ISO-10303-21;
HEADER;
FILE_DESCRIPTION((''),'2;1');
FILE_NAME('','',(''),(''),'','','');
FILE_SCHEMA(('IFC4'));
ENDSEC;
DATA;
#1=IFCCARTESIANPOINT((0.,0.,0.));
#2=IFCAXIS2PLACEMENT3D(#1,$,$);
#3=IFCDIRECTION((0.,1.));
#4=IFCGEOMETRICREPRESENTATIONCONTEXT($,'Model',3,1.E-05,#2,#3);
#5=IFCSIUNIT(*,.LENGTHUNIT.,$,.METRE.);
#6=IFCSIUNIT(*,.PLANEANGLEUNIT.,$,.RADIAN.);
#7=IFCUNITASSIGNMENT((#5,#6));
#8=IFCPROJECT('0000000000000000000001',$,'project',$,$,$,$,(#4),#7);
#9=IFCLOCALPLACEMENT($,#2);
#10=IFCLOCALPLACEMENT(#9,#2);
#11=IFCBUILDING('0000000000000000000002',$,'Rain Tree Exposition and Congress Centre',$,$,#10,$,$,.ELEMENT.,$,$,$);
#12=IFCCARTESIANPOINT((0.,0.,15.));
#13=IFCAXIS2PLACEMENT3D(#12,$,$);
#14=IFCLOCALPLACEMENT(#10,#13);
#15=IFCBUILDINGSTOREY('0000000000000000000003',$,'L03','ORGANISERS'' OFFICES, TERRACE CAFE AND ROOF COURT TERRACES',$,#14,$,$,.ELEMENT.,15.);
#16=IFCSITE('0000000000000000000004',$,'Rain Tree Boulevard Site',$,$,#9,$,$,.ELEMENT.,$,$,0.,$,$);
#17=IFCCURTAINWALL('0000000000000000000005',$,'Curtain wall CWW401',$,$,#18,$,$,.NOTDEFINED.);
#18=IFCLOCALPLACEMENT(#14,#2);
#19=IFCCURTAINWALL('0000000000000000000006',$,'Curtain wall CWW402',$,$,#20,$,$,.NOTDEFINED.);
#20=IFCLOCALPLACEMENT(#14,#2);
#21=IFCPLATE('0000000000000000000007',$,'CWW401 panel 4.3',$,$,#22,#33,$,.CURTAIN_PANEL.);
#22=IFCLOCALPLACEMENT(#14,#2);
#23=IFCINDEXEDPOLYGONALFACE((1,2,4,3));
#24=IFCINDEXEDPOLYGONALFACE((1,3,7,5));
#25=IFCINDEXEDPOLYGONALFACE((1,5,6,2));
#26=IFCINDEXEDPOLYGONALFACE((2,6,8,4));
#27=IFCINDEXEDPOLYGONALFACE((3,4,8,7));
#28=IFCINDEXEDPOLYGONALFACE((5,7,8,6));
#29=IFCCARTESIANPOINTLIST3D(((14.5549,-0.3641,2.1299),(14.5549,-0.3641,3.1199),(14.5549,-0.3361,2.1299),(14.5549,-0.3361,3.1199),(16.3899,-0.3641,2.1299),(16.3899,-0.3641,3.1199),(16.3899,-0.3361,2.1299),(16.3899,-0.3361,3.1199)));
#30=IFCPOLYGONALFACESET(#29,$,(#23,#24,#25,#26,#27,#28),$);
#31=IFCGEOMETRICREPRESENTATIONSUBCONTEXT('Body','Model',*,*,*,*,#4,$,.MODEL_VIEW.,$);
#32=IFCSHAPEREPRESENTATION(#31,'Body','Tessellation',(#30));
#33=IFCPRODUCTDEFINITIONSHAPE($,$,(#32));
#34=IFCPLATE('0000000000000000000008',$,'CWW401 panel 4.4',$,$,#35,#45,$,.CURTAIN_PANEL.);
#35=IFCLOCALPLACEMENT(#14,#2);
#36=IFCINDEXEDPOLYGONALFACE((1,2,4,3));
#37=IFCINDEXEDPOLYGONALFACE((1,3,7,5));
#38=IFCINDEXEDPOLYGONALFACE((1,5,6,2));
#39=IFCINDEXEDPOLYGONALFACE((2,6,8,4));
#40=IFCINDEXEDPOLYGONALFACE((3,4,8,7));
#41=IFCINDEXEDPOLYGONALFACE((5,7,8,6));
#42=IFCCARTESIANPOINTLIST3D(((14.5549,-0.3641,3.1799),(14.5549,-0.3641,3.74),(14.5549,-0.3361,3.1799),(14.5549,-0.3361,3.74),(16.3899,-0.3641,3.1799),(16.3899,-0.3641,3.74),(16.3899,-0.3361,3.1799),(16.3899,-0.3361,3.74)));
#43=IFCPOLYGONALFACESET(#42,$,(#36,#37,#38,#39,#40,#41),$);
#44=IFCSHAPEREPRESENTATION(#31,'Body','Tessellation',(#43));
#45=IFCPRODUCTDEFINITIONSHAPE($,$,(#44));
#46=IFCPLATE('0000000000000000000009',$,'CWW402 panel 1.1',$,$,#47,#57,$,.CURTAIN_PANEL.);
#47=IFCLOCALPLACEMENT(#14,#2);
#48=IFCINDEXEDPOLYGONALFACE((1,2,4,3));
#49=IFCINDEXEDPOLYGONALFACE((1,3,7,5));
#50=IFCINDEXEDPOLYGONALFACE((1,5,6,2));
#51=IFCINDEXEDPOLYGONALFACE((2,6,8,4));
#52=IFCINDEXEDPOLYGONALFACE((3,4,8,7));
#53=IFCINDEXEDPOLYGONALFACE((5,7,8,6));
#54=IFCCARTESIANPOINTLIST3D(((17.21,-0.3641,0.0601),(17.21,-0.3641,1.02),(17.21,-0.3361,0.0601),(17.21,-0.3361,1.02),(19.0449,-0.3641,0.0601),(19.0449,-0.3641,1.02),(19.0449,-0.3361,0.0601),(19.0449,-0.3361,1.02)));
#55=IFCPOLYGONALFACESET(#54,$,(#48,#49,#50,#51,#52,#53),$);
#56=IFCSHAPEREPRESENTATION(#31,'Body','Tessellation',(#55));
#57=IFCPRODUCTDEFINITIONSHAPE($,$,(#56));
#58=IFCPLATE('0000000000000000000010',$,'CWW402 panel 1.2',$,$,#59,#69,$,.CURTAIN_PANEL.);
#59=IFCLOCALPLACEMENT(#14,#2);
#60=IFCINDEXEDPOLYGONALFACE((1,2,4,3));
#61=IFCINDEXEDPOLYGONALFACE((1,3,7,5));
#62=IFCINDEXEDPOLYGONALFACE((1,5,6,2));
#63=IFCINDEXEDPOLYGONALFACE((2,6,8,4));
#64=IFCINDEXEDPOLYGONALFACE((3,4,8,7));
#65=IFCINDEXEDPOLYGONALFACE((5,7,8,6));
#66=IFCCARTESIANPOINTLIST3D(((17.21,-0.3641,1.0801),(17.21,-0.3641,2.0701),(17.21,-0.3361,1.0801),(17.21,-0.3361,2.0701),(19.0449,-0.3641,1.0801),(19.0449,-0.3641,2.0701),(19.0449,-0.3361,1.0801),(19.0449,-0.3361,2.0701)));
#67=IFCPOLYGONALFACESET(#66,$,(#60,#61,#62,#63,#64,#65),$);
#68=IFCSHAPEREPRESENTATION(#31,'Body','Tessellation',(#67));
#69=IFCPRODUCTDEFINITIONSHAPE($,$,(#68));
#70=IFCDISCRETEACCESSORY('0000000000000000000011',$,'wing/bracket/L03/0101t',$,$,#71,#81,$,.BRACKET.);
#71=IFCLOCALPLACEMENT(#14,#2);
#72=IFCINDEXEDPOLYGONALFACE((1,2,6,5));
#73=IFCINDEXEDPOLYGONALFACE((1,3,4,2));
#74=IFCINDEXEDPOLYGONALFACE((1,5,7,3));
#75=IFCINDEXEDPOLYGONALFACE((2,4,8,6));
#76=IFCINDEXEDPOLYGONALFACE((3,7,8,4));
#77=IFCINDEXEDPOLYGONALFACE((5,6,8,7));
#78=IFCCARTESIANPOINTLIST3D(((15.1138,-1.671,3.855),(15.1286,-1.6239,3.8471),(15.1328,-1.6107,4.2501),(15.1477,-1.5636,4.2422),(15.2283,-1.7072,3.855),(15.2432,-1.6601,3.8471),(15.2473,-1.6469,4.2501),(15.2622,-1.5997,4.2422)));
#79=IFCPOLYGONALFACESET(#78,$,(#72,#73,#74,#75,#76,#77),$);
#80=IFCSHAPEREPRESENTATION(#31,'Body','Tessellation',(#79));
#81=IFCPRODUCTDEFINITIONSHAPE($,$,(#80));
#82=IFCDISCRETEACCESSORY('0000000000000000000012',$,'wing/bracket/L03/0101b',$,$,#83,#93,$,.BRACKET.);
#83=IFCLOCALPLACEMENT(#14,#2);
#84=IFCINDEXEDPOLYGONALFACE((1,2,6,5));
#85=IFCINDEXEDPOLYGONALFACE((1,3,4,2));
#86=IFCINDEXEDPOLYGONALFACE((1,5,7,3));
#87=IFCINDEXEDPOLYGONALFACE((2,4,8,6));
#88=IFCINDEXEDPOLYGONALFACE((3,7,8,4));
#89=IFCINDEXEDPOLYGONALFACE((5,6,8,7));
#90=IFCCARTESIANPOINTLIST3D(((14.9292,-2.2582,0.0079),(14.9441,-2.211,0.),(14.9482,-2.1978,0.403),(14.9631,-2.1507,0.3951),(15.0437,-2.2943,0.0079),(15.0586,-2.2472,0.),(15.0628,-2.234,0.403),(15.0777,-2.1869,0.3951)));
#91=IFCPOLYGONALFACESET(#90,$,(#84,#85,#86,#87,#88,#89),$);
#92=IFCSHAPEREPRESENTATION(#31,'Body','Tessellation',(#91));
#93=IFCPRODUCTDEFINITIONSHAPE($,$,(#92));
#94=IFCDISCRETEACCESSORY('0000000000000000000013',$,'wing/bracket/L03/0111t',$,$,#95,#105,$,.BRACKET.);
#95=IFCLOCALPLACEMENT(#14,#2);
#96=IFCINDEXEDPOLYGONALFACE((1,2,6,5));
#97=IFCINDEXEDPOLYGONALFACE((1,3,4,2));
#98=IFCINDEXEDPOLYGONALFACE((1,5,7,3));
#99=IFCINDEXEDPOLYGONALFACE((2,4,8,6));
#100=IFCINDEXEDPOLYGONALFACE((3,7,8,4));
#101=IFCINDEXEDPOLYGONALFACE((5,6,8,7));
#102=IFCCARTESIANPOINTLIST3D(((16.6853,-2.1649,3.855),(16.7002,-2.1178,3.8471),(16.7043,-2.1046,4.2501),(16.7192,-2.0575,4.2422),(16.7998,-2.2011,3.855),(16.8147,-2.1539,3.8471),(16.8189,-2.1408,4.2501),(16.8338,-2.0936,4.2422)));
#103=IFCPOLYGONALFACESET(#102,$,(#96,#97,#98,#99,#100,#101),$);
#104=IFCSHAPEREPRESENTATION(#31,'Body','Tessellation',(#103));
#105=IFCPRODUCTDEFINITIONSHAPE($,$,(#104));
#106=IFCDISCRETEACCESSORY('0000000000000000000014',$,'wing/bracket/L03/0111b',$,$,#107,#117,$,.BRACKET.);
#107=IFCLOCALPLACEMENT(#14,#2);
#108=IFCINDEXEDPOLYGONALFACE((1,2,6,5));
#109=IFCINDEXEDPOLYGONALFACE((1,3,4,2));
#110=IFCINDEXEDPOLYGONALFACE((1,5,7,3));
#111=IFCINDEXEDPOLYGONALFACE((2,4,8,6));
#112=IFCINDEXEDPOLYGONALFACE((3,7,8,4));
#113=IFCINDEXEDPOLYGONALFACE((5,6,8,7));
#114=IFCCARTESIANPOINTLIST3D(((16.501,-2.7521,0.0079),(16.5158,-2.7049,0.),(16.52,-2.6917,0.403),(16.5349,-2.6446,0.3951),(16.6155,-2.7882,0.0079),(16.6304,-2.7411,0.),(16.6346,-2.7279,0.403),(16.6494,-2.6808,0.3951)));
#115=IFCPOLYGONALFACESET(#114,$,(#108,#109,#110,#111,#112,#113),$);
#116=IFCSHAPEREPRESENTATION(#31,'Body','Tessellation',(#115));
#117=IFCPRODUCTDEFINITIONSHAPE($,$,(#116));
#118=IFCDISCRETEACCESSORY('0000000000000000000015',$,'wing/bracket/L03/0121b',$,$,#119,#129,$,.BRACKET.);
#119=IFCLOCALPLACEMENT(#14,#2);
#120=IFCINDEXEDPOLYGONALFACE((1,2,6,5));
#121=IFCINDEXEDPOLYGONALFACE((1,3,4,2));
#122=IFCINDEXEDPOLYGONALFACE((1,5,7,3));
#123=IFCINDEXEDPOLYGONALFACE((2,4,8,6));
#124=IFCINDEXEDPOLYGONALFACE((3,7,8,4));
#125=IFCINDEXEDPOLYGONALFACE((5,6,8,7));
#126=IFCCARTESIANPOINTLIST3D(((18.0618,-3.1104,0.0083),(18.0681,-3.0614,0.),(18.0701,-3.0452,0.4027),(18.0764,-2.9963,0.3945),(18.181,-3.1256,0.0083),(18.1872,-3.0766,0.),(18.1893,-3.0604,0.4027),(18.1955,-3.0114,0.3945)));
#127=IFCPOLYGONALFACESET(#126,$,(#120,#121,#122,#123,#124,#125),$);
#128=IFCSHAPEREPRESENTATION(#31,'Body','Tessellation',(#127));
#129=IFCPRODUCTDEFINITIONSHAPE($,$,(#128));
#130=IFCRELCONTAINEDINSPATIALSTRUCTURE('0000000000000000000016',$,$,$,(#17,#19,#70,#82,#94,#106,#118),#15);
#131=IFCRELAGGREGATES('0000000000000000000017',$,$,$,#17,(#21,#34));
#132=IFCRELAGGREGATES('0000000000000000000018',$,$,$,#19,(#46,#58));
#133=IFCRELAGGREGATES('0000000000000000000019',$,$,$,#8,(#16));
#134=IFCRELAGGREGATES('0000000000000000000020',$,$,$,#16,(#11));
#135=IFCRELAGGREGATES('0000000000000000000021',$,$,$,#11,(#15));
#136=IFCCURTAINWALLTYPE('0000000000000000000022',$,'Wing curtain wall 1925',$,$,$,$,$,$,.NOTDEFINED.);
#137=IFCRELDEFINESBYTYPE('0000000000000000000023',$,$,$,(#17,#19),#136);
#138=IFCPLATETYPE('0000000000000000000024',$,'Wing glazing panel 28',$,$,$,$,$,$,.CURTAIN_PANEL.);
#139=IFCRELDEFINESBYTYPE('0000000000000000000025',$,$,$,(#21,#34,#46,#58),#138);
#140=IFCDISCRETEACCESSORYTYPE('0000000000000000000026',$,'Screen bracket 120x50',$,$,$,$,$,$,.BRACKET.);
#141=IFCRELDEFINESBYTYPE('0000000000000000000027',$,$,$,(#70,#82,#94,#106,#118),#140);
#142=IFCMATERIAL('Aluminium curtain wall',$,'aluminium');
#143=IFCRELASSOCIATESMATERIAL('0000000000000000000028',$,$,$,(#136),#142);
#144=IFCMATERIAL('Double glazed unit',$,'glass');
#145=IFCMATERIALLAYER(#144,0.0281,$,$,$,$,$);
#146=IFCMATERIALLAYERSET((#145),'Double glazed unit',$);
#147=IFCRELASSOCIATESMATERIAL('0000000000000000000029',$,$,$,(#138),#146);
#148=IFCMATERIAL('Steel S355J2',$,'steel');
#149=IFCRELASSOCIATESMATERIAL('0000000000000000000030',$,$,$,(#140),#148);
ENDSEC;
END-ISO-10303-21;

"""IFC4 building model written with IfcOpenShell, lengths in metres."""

from ifc_helpers import new_model, si_unit, direction, frame, origin, origin_2d, place, context, subcontext, project, spatial, rectangle, extrude, material, layer, layer_set, material_profile, profile_set, type_object, element, aggregate, save


model = new_model("IFC4")

# Units and contexts
model_context = context("Model", 3, precision=1e-05, world=origin(), true_north=direction((0.0, 1.0)))
body_context = subcontext(model_context, "Body", "Model", "MODEL_VIEW")
ifc_project = project(units=[si_unit("LENGTHUNIT", "METRE"), si_unit("PLANEANGLEUNIT", "RADIAN")], contexts=[model_context])

# Site, building, storey
site_placement = place(None, origin())
site = spatial("IfcSite", under=ifc_project, at=site_placement, Name="Rain Tree Boulevard Site", CompositionType="ELEMENT", RefElevation=0.0)
building_placement = place(site_placement, origin())
building = spatial("IfcBuilding", under=site, at=building_placement, Name="Rain Tree Exposition and Congress Centre", CompositionType="ELEMENT")
storey_placement = place(building_placement, frame((0.0, 0.0, 15.0)))
storey = spatial("IfcBuildingStorey", under=building, at=storey_placement, Name="L03", Description="ORGANISERS' OFFICES, TERRACE CAFE AND ROOF COURT TERRACES", CompositionType="ELEMENT", Elevation=15.0)

# Curtain walls
ifc_material_1 = material(Name="Aluminium curtain wall", Category="aluminium")
curtain_wall_type = type_object("IfcCurtainWallType", Name="Wing curtain wall 1925", PredefinedType="NOTDEFINED", material=ifc_material_1)
curtain_wall_1_placement = place(storey_placement, origin())
curtain_wall_1 = element("IfcCurtainWall", 1, at=curtain_wall_1_placement, inside=storey, type_object=curtain_wall_type, Name="Curtain wall CWW401", PredefinedType="NOTDEFINED")
curtain_wall_2_placement = place(storey_placement, origin())
curtain_wall_2 = element("IfcCurtainWall", 2, at=curtain_wall_2_placement, inside=storey, type_object=curtain_wall_type, Name="Curtain wall CWW402", PredefinedType="NOTDEFINED")

# Plates
ifc_material_2 = material(Name="Double glazed unit", Category="glass")
ifc_layer_1 = layer(ifc_material_2, 0.0281)
ifc_layer_set_1 = layer_set([ifc_layer_1], Name="Double glazed unit")
plate_type = type_object("IfcPlateType", Name="Wing glazing panel 28", PredefinedType="CURTAIN_PANEL", material=ifc_layer_set_1)
plate_1_placement = place(storey_placement, frame((15.4724, -0.3501, 2.1299), z_axis=(0.0, 0.0, 1.0), x_axis=(1.0, 0.0, 0.0)))
plate_1 = element("IfcPlate", 3, at=plate_1_placement, type_object=plate_type, Name="CWW401 panel 4.3", PredefinedType="CURTAIN_PANEL", context=body_context, shape_type="SweptSolid", body=[
    extrude(rectangle(XDim=1.835, YDim=0.0281, at=origin_2d()), origin(), (0.0, 0.0, 1.0), 0.99),
])
plate_2_placement = place(storey_placement, frame((15.4724, -0.3501, 3.1799), z_axis=(0.0, 0.0, 1.0), x_axis=(1.0, 0.0, 0.0)))
plate_2 = element("IfcPlate", 4, at=plate_2_placement, type_object=plate_type, Name="CWW401 panel 4.4", PredefinedType="CURTAIN_PANEL", context=body_context, shape_type="SweptSolid", body=[
    extrude(rectangle(XDim=1.835, YDim=0.0281, at=origin_2d()), origin(), (0.0, 0.0, 1.0), 0.5601),
])
aggregate(curtain_wall_1, [plate_1, plate_2])
plate_3_placement = place(storey_placement, frame((18.1274, -0.3501, 0.0601), z_axis=(0.0, 0.0, 1.0), x_axis=(1.0, 0.0, 0.0)))
plate_3 = element("IfcPlate", 5, at=plate_3_placement, type_object=plate_type, Name="CWW402 panel 1.1", PredefinedType="CURTAIN_PANEL", context=body_context, shape_type="SweptSolid", body=[
    extrude(rectangle(XDim=1.835, YDim=0.0281, at=origin_2d()), origin(), (0.0, 0.0, 1.0), 0.96),
])
plate_4_placement = place(storey_placement, frame((18.1274, -0.3501, 1.0801), z_axis=(0.0, 0.0, 1.0), x_axis=(1.0, 0.0, 0.0)))
plate_4 = element("IfcPlate", 6, at=plate_4_placement, type_object=plate_type, Name="CWW402 panel 1.2", PredefinedType="CURTAIN_PANEL", context=body_context, shape_type="SweptSolid", body=[
    extrude(rectangle(XDim=1.835, YDim=0.0281, at=origin_2d()), origin(), (0.0, 0.0, 1.0), 0.99),
])
aggregate(curtain_wall_2, [plate_3, plate_4])

# Discrete accessories
ifc_material_3 = material(Name="Steel S355J2", Category="steel")
ifc_material_profile_1 = material_profile(ifc_material_3, rectangle(XDim=0.1201, YDim=0.05, at=origin_2d()), Name="Flat bar 120x50")
ifc_profile_set_1 = profile_set([ifc_material_profile_1], Name="Steel S355J2")
discrete_accessory_type = type_object("IfcDiscreteAccessoryType", Name="Screen bracket 120x50", PredefinedType="BRACKET", material=ifc_profile_set_1)
for number, where, z_axis, x_axis, name in (
    (7, (15.1785, -1.6655, 3.8511), (0.047602, 0.150738, 0.987427), (-0.953583, 0.301131, 0.0), "wing/bracket/L03/0101t"),
    (8, (14.9939, -2.2527, 0.0039), (0.047602, 0.150738, 0.987427), (-0.953583, 0.301131, 0.0), "wing/bracket/L03/0101b"),
    (9, (16.75, -2.1594, 3.8511), (0.047602, 0.150738, 0.987427), (-0.953583, 0.301131, 0.0), "wing/bracket/L03/0111t"),
    (10, (16.5657, -2.7466, 0.0039), (0.047602, 0.150738, 0.987427), (-0.953583, 0.301131, 0.0), "wing/bracket/L03/0111b"),
):
    element("IfcDiscreteAccessory", number, at=place(storey_placement, frame(where, z_axis=z_axis, x_axis=x_axis)), inside=storey, type_object=discrete_accessory_type, Name=name, PredefinedType="BRACKET", context=body_context, shape_type="SweptSolid", body=[
        extrude(rectangle(XDim=0.1201, YDim=0.05, at=origin_2d()), origin(), (0.0, 0.0, 1.0), 0.4001),
    ])
discrete_accessory_placement = place(storey_placement, frame((18.1245, -3.0935, 0.0042), z_axis=(0.020754, 0.162978, 0.986411), x_axis=(-0.991989, 0.126321, 0.0)))
element("IfcDiscreteAccessory", 11, at=discrete_accessory_placement, inside=storey, type_object=discrete_accessory_type, Name="wing/bracket/L03/0121b", PredefinedType="BRACKET", context=body_context, shape_type="SweptSolid", body=[
    extrude(rectangle(XDim=0.1201, YDim=0.05, at=origin_2d()), origin(), (0.0, 0.0, 1.0), 0.3999),
])

save(model, "model.ifc")
